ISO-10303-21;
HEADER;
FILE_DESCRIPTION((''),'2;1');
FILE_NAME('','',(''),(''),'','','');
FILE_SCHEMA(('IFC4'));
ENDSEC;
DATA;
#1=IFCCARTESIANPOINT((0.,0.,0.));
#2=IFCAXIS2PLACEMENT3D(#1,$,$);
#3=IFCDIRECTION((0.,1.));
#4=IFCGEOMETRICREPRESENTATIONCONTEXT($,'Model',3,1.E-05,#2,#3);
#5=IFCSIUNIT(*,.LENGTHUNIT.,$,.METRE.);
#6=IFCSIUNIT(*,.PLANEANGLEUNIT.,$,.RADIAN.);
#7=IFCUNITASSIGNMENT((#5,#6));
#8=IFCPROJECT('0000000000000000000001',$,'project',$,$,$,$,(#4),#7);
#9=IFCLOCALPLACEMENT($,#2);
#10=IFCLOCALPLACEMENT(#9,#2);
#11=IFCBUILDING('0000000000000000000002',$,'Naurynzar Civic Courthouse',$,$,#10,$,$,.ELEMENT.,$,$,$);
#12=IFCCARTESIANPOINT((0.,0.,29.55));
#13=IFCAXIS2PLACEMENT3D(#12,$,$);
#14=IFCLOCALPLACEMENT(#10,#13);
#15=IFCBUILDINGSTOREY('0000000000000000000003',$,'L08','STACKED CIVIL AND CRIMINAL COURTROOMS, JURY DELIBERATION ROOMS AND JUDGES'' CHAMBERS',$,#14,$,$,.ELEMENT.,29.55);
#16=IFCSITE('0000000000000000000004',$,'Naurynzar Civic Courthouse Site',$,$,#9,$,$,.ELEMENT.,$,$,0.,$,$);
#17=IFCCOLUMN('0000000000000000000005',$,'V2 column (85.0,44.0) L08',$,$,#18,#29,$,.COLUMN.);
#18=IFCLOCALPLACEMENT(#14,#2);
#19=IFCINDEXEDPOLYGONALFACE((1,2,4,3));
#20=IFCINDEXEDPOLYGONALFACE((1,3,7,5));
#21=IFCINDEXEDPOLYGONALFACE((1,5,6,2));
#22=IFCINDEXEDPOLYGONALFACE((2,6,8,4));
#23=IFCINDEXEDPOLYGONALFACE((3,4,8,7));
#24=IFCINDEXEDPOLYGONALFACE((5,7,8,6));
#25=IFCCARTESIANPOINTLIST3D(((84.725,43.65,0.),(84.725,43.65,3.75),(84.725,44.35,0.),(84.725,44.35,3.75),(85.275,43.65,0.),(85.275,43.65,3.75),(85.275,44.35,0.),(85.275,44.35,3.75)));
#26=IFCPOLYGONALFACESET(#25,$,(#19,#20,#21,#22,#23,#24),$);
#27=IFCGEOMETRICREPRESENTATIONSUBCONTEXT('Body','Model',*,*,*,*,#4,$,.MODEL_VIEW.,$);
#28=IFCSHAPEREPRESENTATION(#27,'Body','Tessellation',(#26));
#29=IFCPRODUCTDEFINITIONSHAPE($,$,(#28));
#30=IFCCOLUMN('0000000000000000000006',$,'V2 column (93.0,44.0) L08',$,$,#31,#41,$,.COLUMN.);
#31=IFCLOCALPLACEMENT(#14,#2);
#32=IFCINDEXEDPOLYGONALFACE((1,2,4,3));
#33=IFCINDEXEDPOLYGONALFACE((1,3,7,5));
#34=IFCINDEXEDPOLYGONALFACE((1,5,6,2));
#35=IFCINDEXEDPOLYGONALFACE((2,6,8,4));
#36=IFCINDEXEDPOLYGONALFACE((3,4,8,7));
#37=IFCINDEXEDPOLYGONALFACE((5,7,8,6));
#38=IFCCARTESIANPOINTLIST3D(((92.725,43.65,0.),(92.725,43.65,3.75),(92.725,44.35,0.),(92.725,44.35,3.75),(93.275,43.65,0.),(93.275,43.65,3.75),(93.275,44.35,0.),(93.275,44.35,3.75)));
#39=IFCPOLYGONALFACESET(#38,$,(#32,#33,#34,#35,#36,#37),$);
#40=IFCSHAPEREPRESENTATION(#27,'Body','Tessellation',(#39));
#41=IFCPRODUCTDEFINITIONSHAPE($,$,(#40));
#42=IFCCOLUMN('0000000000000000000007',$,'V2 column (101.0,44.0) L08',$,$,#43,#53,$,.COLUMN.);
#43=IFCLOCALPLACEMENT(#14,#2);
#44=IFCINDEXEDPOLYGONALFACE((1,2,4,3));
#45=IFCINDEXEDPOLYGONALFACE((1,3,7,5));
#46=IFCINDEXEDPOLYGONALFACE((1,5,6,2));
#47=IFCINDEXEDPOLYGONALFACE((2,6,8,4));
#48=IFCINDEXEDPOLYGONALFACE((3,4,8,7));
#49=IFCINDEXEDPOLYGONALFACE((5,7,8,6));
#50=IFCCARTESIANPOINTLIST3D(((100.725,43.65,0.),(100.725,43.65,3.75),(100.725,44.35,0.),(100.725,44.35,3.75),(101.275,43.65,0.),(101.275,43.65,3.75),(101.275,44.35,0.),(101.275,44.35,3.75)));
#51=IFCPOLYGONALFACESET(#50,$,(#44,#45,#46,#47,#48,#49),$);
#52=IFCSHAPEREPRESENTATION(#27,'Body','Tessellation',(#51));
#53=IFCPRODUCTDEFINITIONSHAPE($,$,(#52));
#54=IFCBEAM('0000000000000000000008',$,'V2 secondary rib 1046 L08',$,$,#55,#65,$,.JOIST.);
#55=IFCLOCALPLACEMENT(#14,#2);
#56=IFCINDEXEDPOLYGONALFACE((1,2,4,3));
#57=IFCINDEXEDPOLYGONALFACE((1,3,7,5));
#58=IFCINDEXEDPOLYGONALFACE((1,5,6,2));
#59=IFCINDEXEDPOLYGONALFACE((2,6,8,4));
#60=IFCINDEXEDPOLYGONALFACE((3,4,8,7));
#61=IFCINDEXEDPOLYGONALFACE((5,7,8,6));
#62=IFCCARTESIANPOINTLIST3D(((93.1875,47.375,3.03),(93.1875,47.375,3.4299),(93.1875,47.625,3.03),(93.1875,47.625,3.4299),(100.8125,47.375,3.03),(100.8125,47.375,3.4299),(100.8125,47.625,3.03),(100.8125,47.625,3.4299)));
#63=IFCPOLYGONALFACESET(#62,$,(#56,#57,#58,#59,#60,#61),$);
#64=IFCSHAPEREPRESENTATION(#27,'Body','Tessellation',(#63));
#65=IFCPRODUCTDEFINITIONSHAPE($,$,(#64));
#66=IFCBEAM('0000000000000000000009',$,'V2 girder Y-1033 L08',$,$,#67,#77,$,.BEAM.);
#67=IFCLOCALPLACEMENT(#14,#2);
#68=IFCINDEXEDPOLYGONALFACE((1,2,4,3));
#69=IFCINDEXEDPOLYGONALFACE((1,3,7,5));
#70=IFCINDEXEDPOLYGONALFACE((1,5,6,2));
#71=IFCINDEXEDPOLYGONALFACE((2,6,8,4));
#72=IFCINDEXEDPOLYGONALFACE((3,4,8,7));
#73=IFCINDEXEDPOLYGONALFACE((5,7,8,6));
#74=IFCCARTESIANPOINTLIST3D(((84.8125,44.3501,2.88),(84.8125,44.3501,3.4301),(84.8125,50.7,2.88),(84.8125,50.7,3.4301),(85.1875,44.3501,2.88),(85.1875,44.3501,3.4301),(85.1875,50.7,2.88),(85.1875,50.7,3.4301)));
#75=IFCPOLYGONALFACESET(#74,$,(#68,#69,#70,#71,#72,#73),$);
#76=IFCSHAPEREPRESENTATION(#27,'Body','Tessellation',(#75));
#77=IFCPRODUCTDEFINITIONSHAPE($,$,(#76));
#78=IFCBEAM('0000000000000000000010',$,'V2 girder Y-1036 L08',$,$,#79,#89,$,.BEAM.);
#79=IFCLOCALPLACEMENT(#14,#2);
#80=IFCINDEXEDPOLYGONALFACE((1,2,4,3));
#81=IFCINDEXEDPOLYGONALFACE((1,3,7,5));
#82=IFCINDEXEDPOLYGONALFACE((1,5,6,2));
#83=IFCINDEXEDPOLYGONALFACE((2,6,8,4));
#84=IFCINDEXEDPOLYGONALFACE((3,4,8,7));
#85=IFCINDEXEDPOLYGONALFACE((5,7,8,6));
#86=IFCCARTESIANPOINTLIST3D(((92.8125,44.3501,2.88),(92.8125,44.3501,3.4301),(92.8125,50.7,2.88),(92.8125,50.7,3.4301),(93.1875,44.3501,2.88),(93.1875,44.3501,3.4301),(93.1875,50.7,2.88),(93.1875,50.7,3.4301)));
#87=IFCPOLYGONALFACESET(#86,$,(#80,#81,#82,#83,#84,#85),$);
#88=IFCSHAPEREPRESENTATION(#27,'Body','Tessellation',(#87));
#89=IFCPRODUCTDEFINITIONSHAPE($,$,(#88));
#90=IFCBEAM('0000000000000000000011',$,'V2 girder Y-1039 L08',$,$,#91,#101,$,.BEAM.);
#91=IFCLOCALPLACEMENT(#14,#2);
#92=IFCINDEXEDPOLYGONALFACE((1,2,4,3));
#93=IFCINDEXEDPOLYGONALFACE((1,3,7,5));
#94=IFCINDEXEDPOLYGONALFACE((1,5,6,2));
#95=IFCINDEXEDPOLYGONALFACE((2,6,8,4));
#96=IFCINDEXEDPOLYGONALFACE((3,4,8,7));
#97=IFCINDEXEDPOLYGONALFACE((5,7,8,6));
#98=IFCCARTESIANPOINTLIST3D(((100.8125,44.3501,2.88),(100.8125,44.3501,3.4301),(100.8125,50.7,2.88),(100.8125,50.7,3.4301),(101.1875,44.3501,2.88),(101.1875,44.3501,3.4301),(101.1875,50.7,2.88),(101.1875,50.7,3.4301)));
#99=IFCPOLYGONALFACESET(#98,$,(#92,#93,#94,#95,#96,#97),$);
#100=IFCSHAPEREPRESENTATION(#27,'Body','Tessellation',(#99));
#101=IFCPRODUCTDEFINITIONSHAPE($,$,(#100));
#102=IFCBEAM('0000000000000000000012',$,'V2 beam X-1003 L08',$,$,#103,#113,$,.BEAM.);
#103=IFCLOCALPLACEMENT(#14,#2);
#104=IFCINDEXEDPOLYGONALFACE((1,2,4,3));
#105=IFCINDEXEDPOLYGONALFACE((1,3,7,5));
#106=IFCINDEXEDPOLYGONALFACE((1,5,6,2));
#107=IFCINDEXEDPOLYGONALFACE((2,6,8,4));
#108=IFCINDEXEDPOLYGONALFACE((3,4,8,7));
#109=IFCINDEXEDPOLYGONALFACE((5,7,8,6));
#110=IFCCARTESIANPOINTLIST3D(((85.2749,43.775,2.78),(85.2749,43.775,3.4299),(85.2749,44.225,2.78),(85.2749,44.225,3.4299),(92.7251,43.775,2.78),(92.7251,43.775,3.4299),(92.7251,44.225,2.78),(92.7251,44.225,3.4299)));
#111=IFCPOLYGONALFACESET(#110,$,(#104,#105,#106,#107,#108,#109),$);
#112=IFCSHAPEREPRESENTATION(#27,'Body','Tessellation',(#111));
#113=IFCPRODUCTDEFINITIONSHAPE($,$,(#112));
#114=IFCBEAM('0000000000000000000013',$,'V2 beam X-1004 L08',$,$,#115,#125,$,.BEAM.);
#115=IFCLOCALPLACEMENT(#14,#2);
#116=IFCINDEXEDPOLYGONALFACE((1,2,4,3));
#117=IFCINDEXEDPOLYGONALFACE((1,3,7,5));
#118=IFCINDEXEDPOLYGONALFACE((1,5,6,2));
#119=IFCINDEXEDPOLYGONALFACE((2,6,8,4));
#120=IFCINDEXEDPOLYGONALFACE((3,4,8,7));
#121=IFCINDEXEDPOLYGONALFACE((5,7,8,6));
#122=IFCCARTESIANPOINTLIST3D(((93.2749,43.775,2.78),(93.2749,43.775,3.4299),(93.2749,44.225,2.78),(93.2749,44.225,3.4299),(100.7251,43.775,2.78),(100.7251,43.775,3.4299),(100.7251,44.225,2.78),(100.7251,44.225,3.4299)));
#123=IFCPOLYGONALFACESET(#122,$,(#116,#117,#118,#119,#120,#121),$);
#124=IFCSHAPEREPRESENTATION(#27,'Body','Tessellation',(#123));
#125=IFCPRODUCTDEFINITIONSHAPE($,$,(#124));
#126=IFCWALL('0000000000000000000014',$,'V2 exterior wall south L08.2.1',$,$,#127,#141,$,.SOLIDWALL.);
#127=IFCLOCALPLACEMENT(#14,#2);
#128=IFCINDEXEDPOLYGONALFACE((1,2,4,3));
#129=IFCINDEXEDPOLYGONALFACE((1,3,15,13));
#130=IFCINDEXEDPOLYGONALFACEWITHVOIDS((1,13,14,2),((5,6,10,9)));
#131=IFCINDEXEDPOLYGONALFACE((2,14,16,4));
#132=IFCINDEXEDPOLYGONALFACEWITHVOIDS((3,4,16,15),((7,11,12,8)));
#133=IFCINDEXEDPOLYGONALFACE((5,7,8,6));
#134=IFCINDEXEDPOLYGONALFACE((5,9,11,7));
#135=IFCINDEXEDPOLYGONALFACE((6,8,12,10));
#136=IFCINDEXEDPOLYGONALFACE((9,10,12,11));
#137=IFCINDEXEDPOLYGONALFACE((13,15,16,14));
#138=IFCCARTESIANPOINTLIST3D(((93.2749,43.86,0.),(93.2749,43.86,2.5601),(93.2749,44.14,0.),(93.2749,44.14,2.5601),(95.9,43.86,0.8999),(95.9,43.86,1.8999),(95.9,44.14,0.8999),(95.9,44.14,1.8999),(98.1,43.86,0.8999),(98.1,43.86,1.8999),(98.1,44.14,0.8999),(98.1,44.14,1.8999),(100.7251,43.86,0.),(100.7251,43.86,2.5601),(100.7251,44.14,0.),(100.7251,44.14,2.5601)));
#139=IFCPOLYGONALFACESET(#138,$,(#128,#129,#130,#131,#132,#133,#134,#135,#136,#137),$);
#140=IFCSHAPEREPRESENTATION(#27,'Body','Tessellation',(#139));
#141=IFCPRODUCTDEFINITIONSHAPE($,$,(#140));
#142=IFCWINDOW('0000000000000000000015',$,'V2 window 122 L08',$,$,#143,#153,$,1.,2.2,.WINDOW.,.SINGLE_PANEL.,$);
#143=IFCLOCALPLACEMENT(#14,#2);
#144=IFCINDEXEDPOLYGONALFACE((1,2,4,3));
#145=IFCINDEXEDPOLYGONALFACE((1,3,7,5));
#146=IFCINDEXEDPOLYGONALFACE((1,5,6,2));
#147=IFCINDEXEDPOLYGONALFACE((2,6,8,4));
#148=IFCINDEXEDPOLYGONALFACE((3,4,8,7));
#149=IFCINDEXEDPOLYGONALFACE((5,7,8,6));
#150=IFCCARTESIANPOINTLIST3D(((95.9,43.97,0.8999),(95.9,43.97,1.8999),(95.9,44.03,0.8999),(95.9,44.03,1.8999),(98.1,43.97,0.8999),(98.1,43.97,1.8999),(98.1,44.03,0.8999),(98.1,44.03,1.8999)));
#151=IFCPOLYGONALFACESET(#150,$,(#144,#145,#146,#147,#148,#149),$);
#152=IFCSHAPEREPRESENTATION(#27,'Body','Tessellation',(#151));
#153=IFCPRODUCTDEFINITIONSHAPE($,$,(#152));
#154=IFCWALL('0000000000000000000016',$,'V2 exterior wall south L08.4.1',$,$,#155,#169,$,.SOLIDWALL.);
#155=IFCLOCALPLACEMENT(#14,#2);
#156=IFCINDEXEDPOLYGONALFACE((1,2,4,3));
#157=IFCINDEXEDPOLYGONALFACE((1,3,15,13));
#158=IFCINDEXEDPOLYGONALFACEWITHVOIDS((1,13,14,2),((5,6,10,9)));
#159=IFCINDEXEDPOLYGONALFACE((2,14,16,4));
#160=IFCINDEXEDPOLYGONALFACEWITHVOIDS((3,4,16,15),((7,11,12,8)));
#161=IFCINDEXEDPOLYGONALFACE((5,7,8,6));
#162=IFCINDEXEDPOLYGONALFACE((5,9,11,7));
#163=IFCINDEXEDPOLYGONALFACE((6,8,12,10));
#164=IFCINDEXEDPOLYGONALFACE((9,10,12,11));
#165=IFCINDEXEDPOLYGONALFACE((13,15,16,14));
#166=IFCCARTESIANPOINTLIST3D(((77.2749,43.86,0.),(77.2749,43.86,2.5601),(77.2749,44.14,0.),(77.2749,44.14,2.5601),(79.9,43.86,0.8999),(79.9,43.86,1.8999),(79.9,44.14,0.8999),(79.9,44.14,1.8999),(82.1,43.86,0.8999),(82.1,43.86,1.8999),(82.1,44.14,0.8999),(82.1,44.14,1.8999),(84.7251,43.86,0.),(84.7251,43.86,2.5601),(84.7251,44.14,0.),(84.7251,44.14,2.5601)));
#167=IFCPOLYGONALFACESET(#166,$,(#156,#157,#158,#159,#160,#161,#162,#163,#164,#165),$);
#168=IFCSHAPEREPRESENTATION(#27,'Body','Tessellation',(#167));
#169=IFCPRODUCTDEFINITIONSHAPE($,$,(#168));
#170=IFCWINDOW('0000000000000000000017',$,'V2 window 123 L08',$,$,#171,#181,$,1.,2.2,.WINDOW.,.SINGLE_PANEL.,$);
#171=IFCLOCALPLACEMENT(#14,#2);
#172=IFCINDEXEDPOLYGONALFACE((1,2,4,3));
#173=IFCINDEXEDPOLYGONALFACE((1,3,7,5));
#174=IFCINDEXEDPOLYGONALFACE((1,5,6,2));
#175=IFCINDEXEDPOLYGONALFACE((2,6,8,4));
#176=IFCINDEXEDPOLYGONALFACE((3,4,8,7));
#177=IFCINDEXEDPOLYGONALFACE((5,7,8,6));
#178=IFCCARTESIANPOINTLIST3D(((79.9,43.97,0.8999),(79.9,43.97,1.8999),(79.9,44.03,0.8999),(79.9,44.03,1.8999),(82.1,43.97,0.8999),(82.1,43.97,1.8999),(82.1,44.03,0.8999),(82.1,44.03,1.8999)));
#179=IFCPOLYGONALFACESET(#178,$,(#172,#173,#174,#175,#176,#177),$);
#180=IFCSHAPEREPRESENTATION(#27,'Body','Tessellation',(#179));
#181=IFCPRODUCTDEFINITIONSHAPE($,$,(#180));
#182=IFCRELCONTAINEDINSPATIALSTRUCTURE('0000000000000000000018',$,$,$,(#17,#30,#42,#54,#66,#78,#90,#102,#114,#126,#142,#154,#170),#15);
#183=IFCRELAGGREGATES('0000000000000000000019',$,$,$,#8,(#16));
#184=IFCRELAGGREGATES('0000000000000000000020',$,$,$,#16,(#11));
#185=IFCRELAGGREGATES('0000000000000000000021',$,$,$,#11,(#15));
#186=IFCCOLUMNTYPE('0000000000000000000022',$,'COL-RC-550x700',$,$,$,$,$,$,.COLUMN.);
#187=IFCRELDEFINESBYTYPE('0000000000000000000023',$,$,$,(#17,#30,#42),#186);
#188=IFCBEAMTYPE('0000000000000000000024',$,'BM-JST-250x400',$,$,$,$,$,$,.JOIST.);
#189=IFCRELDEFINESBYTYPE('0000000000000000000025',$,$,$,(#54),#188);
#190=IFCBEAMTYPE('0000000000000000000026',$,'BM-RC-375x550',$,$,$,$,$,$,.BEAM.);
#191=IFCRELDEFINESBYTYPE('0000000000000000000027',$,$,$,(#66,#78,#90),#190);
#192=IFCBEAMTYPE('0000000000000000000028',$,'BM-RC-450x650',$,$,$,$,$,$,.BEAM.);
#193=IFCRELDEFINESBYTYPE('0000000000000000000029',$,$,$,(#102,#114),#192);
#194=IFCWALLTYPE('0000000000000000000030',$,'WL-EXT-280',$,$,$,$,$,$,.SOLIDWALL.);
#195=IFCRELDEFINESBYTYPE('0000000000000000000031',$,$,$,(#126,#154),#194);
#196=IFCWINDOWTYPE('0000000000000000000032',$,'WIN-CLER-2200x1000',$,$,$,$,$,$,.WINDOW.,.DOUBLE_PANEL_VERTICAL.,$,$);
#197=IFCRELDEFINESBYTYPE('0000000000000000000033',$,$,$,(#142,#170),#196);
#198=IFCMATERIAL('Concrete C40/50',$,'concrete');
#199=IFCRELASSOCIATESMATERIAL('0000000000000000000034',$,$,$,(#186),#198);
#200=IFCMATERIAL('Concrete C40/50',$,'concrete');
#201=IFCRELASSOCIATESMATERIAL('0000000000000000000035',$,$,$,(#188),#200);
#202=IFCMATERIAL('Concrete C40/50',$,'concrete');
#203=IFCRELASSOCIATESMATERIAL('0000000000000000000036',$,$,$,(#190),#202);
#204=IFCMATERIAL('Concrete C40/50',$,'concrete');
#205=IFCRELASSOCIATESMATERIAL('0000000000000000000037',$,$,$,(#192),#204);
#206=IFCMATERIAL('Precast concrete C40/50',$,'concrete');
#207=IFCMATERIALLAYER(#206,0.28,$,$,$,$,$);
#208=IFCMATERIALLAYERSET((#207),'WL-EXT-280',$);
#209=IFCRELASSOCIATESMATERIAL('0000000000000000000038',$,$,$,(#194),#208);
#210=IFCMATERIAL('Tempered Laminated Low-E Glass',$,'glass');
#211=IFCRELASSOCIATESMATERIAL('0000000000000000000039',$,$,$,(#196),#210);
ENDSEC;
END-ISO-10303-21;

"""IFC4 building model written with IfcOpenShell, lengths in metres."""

from ifc_helpers import new_model, si_unit, direction, frame, frame_2d, origin, origin_2d, place, context, subcontext, project, spatial, rectangle, extrude, material, layer, layer_set, material_profile, profile_set, type_object, element, fill, save


model = new_model("IFC4")

# Units and contexts
model_context = context("Model", 3, precision=1e-05, world=origin(), true_north=direction((0.0, 1.0)))
body_context = subcontext(model_context, "Body", "Model", "MODEL_VIEW")
ifc_project = project(units=[si_unit("LENGTHUNIT", "METRE"), si_unit("PLANEANGLEUNIT", "RADIAN")], contexts=[model_context])

# Site, building, storey
site_placement = place(None, origin())
site = spatial("IfcSite", under=ifc_project, at=site_placement, Name="Naurynzar Civic Courthouse Site", CompositionType="ELEMENT", RefElevation=0.0)
building_placement = place(site_placement, origin())
building = spatial("IfcBuilding", under=site, at=building_placement, Name="Naurynzar Civic Courthouse", CompositionType="ELEMENT")
storey_placement = place(building_placement, frame((0.0, 0.0, 29.55)))
storey = spatial("IfcBuildingStorey", under=building, at=storey_placement, Name="L08", Description="STACKED CIVIL AND CRIMINAL COURTROOMS, JURY DELIBERATION ROOMS AND JUDGES' CHAMBERS", CompositionType="ELEMENT", Elevation=29.55)

# Columns
ifc_material_1 = material(Name="Concrete C40/50", Category="concrete")
ifc_material_profile_1 = material_profile(ifc_material_1, rectangle(XDim=0.55, YDim=0.7, at=origin_2d()), Name="RC 550x700")
ifc_profile_set_1 = profile_set([ifc_material_profile_1], Name="Concrete C40/50")
column_type = type_object("IfcColumnType", Name="COL-RC-550x700", PredefinedType="COLUMN", material=ifc_profile_set_1)
for number, where, z_axis, x_axis, name in (
    (1, (85.0, 44.0, 0.0), (0.0, 0.0, 1.0), (1.0, 0.0, 0.0), "V2 column (85.0,44.0) L08"),
    (2, (93.0, 44.0, 0.0), (0.0, 0.0, 1.0), (1.0, 0.0, 0.0), "V2 column (93.0,44.0) L08"),
    (3, (101.0, 44.0, 0.0), (0.0, 0.0, 1.0), (1.0, 0.0, 0.0), "V2 column (101.0,44.0) L08"),
):
    element("IfcColumn", number, at=place(storey_placement, frame(where, z_axis=z_axis, x_axis=x_axis)), inside=storey, type_object=column_type, Name=name, PredefinedType="COLUMN", context=body_context, shape_type="SweptSolid", body=[
        extrude(rectangle(XDim=0.55, YDim=0.7, at=origin_2d()), origin(), (0.0, 0.0, 1.0), 3.75),
    ])

# Beams
ifc_material_2 = material(Name="Concrete C40/50", Category="concrete")
ifc_material_profile_2 = material_profile(ifc_material_2, rectangle(XDim=0.25, YDim=0.3999, at=origin_2d()), Name="RCB 250x400")
ifc_profile_set_2 = profile_set([ifc_material_profile_2], Name="Concrete C40/50")
beam_type_1 = type_object("IfcBeamType", Name="BM-JST-250x400", PredefinedType="JOIST", material=ifc_profile_set_2)
beam_placement = place(storey_placement, frame((93.1875, 47.5, 3.23), z_axis=(1.0, 0.0, 0.0), x_axis=(0.0, 1.0, 0.0)))
element("IfcBeam", 4, at=beam_placement, inside=storey, type_object=beam_type_1, Name="V2 secondary rib 1046 L08", PredefinedType="JOIST", context=body_context, shape_type="SweptSolid", body=[
    extrude(rectangle(XDim=0.25, YDim=0.3999, at=origin_2d()), origin(), (0.0, 0.0, 1.0), 7.625),
])
ifc_material_3 = material(Name="Concrete C40/50", Category="concrete")
ifc_material_profile_3 = material_profile(ifc_material_3, rectangle(XDim=0.375, YDim=0.55, at=origin_2d()), Name="RCB 375x550")
ifc_profile_set_3 = profile_set([ifc_material_profile_3], Name="Concrete C40/50")
beam_type_2 = type_object("IfcBeamType", Name="BM-RC-375x550", PredefinedType="BEAM", material=ifc_profile_set_3)
for number, where, z_axis, x_axis, name in (
    (5, (85.0, 44.3501, 3.155), (0.0, 1.0, 0.0), (-1.0, 0.0, 0.0), "V2 girder Y-1033 L08"),
    (6, (93.0, 44.3501, 3.155), (0.0, 1.0, 0.0), (-1.0, 0.0, 0.0), "V2 girder Y-1036 L08"),
    (7, (101.0, 44.3501, 3.155), (0.0, 1.0, 0.0), (-1.0, 0.0, 0.0), "V2 girder Y-1039 L08"),
):
    element("IfcBeam", number, at=place(storey_placement, frame(where, z_axis=z_axis, x_axis=x_axis)), inside=storey, type_object=beam_type_2, Name=name, PredefinedType="BEAM", context=body_context, shape_type="SweptSolid", body=[
        extrude(rectangle(XDim=0.375, YDim=0.55, at=origin_2d()), origin(), (0.0, 0.0, 1.0), 6.3499),
    ])
ifc_material_4 = material(Name="Concrete C40/50", Category="concrete")
ifc_material_profile_4 = material_profile(ifc_material_4, rectangle(XDim=0.45, YDim=0.6499, at=origin_2d()), Name="RCB 450x650")
ifc_profile_set_4 = profile_set([ifc_material_profile_4], Name="Concrete C40/50")
beam_type_3 = type_object("IfcBeamType", Name="BM-RC-450x650", PredefinedType="BEAM", material=ifc_profile_set_4)
for number, where, z_axis, x_axis, name in (
    (8, (85.2749, 44.0, 3.105), (1.0, 0.0, 0.0), (0.0, 1.0, 0.0), "V2 beam X-1003 L08"),
    (9, (93.2749, 44.0, 3.105), (1.0, 0.0, 0.0), (0.0, 1.0, 0.0), "V2 beam X-1004 L08"),
):
    element("IfcBeam", number, at=place(storey_placement, frame(where, z_axis=z_axis, x_axis=x_axis)), inside=storey, type_object=beam_type_3, Name=name, PredefinedType="BEAM", context=body_context, shape_type="SweptSolid", body=[
        extrude(rectangle(XDim=0.45, YDim=0.6499, at=origin_2d()), origin(), (0.0, 0.0, 1.0), 7.4502),
    ])

# Walls, openings, windows
ifc_material_5 = material(Name="Precast concrete C40/50", Category="concrete")
ifc_layer_1 = layer(ifc_material_5, 0.28)
ifc_layer_set_1 = layer_set([ifc_layer_1], Name="WL-EXT-280")
wall_type_1 = type_object("IfcWallType", Name="WL-EXT-280", PredefinedType="SOLIDWALL", material=ifc_layer_set_1)
wall_1_placement = place(storey_placement, frame((100.7251, 44.0, 0.0), z_axis=(0.0, 0.0, 1.0), x_axis=(-1.0, 0.0, 0.0)))
wall_1 = element("IfcWall", 10, at=wall_1_placement, inside=storey, type_object=wall_type_1, Name="V2 exterior wall south L08.2.1", PredefinedType="SOLIDWALL", context=body_context, shape_type="SweptSolid", body=[
    extrude(rectangle(XDim=7.4502, YDim=0.28, at=frame_2d((3.7251, 0.0))), origin(), (0.0, 0.0, 1.0), 2.5601),
])
opening_1_placement = place(wall_1_placement, frame((2.625, 0.0, 0.8999)))
opening_1 = element("IfcOpeningElement", 11, at=opening_1_placement, cuts=wall_1, PredefinedType="OPENING", context=body_context, shape_type="SweptSolid", body=[
    extrude(rectangle(XDim=2.2, YDim=1.0, at=frame_2d((1.1001, 0.5))), frame((0.0, 0.1499, 0.0), z_axis=(0.0, -1.0, 0.0), x_axis=(1.0, 0.0, 0.0)), (0.0, 0.0, 1.0), 0.3),
])
ifc_material_6 = material(Name="Tempered Laminated Low-E Glass", Category="glass")
window_type = type_object("IfcWindowType", Name="WIN-CLER-2200x1000", PartitioningType="DOUBLE_PANEL_VERTICAL", PredefinedType="WINDOW", material=ifc_material_6)
window_1_placement = place(opening_1_placement, origin())
window_1 = element("IfcWindow", 12, at=window_1_placement, inside=storey, type_object=window_type, Name="V2 window 122 L08", OverallHeight=1.0, OverallWidth=2.2, PartitioningType="SINGLE_PANEL", PredefinedType="WINDOW", context=body_context, shape_type="SweptSolid", body=[
    extrude(rectangle(XDim=2.2, YDim=1.0, at=frame_2d((1.1001, 0.5))), frame((0.0, 0.03, 0.0), z_axis=(0.0, -1.0, 0.0), x_axis=(1.0, 0.0, 0.0)), (0.0, 0.0, 1.0), 0.0601),
])
fill(opening_1, window_1)
wall_2_placement = place(storey_placement, frame((84.7251, 44.0, 0.0), z_axis=(0.0, 0.0, 1.0), x_axis=(-1.0, 0.0, 0.0)))
wall_2 = element("IfcWall", 13, at=wall_2_placement, inside=storey, type_object=wall_type_1, Name="V2 exterior wall south L08.4.1", PredefinedType="SOLIDWALL", context=body_context, shape_type="SweptSolid", body=[
    extrude(rectangle(XDim=7.4502, YDim=0.28, at=frame_2d((3.7251, 0.0))), origin(), (0.0, 0.0, 1.0), 2.5601),
])
opening_2_placement = place(wall_2_placement, frame((2.625, 0.0, 0.8999)))
opening_2 = element("IfcOpeningElement", 14, at=opening_2_placement, cuts=wall_2, PredefinedType="OPENING", context=body_context, shape_type="SweptSolid", body=[
    extrude(rectangle(XDim=2.2, YDim=1.0, at=frame_2d((1.1001, 0.5))), frame((0.0, 0.1499, 0.0), z_axis=(0.0, -1.0, 0.0), x_axis=(1.0, 0.0, 0.0)), (0.0, 0.0, 1.0), 0.3),
])
window_2_placement = place(opening_2_placement, origin())
window_2 = element("IfcWindow", 15, at=window_2_placement, inside=storey, type_object=window_type, Name="V2 window 123 L08", OverallHeight=1.0, OverallWidth=2.2, PartitioningType="SINGLE_PANEL", PredefinedType="WINDOW", context=body_context, shape_type="SweptSolid", body=[
    extrude(rectangle(XDim=2.2, YDim=1.0, at=frame_2d((1.1001, 0.5))), frame((0.0, 0.03, 0.0), z_axis=(0.0, -1.0, 0.0), x_axis=(1.0, 0.0, 0.0)), (0.0, 0.0, 1.0), 0.0601),
])
fill(opening_2, window_2)

save(model, "model.ifc")
